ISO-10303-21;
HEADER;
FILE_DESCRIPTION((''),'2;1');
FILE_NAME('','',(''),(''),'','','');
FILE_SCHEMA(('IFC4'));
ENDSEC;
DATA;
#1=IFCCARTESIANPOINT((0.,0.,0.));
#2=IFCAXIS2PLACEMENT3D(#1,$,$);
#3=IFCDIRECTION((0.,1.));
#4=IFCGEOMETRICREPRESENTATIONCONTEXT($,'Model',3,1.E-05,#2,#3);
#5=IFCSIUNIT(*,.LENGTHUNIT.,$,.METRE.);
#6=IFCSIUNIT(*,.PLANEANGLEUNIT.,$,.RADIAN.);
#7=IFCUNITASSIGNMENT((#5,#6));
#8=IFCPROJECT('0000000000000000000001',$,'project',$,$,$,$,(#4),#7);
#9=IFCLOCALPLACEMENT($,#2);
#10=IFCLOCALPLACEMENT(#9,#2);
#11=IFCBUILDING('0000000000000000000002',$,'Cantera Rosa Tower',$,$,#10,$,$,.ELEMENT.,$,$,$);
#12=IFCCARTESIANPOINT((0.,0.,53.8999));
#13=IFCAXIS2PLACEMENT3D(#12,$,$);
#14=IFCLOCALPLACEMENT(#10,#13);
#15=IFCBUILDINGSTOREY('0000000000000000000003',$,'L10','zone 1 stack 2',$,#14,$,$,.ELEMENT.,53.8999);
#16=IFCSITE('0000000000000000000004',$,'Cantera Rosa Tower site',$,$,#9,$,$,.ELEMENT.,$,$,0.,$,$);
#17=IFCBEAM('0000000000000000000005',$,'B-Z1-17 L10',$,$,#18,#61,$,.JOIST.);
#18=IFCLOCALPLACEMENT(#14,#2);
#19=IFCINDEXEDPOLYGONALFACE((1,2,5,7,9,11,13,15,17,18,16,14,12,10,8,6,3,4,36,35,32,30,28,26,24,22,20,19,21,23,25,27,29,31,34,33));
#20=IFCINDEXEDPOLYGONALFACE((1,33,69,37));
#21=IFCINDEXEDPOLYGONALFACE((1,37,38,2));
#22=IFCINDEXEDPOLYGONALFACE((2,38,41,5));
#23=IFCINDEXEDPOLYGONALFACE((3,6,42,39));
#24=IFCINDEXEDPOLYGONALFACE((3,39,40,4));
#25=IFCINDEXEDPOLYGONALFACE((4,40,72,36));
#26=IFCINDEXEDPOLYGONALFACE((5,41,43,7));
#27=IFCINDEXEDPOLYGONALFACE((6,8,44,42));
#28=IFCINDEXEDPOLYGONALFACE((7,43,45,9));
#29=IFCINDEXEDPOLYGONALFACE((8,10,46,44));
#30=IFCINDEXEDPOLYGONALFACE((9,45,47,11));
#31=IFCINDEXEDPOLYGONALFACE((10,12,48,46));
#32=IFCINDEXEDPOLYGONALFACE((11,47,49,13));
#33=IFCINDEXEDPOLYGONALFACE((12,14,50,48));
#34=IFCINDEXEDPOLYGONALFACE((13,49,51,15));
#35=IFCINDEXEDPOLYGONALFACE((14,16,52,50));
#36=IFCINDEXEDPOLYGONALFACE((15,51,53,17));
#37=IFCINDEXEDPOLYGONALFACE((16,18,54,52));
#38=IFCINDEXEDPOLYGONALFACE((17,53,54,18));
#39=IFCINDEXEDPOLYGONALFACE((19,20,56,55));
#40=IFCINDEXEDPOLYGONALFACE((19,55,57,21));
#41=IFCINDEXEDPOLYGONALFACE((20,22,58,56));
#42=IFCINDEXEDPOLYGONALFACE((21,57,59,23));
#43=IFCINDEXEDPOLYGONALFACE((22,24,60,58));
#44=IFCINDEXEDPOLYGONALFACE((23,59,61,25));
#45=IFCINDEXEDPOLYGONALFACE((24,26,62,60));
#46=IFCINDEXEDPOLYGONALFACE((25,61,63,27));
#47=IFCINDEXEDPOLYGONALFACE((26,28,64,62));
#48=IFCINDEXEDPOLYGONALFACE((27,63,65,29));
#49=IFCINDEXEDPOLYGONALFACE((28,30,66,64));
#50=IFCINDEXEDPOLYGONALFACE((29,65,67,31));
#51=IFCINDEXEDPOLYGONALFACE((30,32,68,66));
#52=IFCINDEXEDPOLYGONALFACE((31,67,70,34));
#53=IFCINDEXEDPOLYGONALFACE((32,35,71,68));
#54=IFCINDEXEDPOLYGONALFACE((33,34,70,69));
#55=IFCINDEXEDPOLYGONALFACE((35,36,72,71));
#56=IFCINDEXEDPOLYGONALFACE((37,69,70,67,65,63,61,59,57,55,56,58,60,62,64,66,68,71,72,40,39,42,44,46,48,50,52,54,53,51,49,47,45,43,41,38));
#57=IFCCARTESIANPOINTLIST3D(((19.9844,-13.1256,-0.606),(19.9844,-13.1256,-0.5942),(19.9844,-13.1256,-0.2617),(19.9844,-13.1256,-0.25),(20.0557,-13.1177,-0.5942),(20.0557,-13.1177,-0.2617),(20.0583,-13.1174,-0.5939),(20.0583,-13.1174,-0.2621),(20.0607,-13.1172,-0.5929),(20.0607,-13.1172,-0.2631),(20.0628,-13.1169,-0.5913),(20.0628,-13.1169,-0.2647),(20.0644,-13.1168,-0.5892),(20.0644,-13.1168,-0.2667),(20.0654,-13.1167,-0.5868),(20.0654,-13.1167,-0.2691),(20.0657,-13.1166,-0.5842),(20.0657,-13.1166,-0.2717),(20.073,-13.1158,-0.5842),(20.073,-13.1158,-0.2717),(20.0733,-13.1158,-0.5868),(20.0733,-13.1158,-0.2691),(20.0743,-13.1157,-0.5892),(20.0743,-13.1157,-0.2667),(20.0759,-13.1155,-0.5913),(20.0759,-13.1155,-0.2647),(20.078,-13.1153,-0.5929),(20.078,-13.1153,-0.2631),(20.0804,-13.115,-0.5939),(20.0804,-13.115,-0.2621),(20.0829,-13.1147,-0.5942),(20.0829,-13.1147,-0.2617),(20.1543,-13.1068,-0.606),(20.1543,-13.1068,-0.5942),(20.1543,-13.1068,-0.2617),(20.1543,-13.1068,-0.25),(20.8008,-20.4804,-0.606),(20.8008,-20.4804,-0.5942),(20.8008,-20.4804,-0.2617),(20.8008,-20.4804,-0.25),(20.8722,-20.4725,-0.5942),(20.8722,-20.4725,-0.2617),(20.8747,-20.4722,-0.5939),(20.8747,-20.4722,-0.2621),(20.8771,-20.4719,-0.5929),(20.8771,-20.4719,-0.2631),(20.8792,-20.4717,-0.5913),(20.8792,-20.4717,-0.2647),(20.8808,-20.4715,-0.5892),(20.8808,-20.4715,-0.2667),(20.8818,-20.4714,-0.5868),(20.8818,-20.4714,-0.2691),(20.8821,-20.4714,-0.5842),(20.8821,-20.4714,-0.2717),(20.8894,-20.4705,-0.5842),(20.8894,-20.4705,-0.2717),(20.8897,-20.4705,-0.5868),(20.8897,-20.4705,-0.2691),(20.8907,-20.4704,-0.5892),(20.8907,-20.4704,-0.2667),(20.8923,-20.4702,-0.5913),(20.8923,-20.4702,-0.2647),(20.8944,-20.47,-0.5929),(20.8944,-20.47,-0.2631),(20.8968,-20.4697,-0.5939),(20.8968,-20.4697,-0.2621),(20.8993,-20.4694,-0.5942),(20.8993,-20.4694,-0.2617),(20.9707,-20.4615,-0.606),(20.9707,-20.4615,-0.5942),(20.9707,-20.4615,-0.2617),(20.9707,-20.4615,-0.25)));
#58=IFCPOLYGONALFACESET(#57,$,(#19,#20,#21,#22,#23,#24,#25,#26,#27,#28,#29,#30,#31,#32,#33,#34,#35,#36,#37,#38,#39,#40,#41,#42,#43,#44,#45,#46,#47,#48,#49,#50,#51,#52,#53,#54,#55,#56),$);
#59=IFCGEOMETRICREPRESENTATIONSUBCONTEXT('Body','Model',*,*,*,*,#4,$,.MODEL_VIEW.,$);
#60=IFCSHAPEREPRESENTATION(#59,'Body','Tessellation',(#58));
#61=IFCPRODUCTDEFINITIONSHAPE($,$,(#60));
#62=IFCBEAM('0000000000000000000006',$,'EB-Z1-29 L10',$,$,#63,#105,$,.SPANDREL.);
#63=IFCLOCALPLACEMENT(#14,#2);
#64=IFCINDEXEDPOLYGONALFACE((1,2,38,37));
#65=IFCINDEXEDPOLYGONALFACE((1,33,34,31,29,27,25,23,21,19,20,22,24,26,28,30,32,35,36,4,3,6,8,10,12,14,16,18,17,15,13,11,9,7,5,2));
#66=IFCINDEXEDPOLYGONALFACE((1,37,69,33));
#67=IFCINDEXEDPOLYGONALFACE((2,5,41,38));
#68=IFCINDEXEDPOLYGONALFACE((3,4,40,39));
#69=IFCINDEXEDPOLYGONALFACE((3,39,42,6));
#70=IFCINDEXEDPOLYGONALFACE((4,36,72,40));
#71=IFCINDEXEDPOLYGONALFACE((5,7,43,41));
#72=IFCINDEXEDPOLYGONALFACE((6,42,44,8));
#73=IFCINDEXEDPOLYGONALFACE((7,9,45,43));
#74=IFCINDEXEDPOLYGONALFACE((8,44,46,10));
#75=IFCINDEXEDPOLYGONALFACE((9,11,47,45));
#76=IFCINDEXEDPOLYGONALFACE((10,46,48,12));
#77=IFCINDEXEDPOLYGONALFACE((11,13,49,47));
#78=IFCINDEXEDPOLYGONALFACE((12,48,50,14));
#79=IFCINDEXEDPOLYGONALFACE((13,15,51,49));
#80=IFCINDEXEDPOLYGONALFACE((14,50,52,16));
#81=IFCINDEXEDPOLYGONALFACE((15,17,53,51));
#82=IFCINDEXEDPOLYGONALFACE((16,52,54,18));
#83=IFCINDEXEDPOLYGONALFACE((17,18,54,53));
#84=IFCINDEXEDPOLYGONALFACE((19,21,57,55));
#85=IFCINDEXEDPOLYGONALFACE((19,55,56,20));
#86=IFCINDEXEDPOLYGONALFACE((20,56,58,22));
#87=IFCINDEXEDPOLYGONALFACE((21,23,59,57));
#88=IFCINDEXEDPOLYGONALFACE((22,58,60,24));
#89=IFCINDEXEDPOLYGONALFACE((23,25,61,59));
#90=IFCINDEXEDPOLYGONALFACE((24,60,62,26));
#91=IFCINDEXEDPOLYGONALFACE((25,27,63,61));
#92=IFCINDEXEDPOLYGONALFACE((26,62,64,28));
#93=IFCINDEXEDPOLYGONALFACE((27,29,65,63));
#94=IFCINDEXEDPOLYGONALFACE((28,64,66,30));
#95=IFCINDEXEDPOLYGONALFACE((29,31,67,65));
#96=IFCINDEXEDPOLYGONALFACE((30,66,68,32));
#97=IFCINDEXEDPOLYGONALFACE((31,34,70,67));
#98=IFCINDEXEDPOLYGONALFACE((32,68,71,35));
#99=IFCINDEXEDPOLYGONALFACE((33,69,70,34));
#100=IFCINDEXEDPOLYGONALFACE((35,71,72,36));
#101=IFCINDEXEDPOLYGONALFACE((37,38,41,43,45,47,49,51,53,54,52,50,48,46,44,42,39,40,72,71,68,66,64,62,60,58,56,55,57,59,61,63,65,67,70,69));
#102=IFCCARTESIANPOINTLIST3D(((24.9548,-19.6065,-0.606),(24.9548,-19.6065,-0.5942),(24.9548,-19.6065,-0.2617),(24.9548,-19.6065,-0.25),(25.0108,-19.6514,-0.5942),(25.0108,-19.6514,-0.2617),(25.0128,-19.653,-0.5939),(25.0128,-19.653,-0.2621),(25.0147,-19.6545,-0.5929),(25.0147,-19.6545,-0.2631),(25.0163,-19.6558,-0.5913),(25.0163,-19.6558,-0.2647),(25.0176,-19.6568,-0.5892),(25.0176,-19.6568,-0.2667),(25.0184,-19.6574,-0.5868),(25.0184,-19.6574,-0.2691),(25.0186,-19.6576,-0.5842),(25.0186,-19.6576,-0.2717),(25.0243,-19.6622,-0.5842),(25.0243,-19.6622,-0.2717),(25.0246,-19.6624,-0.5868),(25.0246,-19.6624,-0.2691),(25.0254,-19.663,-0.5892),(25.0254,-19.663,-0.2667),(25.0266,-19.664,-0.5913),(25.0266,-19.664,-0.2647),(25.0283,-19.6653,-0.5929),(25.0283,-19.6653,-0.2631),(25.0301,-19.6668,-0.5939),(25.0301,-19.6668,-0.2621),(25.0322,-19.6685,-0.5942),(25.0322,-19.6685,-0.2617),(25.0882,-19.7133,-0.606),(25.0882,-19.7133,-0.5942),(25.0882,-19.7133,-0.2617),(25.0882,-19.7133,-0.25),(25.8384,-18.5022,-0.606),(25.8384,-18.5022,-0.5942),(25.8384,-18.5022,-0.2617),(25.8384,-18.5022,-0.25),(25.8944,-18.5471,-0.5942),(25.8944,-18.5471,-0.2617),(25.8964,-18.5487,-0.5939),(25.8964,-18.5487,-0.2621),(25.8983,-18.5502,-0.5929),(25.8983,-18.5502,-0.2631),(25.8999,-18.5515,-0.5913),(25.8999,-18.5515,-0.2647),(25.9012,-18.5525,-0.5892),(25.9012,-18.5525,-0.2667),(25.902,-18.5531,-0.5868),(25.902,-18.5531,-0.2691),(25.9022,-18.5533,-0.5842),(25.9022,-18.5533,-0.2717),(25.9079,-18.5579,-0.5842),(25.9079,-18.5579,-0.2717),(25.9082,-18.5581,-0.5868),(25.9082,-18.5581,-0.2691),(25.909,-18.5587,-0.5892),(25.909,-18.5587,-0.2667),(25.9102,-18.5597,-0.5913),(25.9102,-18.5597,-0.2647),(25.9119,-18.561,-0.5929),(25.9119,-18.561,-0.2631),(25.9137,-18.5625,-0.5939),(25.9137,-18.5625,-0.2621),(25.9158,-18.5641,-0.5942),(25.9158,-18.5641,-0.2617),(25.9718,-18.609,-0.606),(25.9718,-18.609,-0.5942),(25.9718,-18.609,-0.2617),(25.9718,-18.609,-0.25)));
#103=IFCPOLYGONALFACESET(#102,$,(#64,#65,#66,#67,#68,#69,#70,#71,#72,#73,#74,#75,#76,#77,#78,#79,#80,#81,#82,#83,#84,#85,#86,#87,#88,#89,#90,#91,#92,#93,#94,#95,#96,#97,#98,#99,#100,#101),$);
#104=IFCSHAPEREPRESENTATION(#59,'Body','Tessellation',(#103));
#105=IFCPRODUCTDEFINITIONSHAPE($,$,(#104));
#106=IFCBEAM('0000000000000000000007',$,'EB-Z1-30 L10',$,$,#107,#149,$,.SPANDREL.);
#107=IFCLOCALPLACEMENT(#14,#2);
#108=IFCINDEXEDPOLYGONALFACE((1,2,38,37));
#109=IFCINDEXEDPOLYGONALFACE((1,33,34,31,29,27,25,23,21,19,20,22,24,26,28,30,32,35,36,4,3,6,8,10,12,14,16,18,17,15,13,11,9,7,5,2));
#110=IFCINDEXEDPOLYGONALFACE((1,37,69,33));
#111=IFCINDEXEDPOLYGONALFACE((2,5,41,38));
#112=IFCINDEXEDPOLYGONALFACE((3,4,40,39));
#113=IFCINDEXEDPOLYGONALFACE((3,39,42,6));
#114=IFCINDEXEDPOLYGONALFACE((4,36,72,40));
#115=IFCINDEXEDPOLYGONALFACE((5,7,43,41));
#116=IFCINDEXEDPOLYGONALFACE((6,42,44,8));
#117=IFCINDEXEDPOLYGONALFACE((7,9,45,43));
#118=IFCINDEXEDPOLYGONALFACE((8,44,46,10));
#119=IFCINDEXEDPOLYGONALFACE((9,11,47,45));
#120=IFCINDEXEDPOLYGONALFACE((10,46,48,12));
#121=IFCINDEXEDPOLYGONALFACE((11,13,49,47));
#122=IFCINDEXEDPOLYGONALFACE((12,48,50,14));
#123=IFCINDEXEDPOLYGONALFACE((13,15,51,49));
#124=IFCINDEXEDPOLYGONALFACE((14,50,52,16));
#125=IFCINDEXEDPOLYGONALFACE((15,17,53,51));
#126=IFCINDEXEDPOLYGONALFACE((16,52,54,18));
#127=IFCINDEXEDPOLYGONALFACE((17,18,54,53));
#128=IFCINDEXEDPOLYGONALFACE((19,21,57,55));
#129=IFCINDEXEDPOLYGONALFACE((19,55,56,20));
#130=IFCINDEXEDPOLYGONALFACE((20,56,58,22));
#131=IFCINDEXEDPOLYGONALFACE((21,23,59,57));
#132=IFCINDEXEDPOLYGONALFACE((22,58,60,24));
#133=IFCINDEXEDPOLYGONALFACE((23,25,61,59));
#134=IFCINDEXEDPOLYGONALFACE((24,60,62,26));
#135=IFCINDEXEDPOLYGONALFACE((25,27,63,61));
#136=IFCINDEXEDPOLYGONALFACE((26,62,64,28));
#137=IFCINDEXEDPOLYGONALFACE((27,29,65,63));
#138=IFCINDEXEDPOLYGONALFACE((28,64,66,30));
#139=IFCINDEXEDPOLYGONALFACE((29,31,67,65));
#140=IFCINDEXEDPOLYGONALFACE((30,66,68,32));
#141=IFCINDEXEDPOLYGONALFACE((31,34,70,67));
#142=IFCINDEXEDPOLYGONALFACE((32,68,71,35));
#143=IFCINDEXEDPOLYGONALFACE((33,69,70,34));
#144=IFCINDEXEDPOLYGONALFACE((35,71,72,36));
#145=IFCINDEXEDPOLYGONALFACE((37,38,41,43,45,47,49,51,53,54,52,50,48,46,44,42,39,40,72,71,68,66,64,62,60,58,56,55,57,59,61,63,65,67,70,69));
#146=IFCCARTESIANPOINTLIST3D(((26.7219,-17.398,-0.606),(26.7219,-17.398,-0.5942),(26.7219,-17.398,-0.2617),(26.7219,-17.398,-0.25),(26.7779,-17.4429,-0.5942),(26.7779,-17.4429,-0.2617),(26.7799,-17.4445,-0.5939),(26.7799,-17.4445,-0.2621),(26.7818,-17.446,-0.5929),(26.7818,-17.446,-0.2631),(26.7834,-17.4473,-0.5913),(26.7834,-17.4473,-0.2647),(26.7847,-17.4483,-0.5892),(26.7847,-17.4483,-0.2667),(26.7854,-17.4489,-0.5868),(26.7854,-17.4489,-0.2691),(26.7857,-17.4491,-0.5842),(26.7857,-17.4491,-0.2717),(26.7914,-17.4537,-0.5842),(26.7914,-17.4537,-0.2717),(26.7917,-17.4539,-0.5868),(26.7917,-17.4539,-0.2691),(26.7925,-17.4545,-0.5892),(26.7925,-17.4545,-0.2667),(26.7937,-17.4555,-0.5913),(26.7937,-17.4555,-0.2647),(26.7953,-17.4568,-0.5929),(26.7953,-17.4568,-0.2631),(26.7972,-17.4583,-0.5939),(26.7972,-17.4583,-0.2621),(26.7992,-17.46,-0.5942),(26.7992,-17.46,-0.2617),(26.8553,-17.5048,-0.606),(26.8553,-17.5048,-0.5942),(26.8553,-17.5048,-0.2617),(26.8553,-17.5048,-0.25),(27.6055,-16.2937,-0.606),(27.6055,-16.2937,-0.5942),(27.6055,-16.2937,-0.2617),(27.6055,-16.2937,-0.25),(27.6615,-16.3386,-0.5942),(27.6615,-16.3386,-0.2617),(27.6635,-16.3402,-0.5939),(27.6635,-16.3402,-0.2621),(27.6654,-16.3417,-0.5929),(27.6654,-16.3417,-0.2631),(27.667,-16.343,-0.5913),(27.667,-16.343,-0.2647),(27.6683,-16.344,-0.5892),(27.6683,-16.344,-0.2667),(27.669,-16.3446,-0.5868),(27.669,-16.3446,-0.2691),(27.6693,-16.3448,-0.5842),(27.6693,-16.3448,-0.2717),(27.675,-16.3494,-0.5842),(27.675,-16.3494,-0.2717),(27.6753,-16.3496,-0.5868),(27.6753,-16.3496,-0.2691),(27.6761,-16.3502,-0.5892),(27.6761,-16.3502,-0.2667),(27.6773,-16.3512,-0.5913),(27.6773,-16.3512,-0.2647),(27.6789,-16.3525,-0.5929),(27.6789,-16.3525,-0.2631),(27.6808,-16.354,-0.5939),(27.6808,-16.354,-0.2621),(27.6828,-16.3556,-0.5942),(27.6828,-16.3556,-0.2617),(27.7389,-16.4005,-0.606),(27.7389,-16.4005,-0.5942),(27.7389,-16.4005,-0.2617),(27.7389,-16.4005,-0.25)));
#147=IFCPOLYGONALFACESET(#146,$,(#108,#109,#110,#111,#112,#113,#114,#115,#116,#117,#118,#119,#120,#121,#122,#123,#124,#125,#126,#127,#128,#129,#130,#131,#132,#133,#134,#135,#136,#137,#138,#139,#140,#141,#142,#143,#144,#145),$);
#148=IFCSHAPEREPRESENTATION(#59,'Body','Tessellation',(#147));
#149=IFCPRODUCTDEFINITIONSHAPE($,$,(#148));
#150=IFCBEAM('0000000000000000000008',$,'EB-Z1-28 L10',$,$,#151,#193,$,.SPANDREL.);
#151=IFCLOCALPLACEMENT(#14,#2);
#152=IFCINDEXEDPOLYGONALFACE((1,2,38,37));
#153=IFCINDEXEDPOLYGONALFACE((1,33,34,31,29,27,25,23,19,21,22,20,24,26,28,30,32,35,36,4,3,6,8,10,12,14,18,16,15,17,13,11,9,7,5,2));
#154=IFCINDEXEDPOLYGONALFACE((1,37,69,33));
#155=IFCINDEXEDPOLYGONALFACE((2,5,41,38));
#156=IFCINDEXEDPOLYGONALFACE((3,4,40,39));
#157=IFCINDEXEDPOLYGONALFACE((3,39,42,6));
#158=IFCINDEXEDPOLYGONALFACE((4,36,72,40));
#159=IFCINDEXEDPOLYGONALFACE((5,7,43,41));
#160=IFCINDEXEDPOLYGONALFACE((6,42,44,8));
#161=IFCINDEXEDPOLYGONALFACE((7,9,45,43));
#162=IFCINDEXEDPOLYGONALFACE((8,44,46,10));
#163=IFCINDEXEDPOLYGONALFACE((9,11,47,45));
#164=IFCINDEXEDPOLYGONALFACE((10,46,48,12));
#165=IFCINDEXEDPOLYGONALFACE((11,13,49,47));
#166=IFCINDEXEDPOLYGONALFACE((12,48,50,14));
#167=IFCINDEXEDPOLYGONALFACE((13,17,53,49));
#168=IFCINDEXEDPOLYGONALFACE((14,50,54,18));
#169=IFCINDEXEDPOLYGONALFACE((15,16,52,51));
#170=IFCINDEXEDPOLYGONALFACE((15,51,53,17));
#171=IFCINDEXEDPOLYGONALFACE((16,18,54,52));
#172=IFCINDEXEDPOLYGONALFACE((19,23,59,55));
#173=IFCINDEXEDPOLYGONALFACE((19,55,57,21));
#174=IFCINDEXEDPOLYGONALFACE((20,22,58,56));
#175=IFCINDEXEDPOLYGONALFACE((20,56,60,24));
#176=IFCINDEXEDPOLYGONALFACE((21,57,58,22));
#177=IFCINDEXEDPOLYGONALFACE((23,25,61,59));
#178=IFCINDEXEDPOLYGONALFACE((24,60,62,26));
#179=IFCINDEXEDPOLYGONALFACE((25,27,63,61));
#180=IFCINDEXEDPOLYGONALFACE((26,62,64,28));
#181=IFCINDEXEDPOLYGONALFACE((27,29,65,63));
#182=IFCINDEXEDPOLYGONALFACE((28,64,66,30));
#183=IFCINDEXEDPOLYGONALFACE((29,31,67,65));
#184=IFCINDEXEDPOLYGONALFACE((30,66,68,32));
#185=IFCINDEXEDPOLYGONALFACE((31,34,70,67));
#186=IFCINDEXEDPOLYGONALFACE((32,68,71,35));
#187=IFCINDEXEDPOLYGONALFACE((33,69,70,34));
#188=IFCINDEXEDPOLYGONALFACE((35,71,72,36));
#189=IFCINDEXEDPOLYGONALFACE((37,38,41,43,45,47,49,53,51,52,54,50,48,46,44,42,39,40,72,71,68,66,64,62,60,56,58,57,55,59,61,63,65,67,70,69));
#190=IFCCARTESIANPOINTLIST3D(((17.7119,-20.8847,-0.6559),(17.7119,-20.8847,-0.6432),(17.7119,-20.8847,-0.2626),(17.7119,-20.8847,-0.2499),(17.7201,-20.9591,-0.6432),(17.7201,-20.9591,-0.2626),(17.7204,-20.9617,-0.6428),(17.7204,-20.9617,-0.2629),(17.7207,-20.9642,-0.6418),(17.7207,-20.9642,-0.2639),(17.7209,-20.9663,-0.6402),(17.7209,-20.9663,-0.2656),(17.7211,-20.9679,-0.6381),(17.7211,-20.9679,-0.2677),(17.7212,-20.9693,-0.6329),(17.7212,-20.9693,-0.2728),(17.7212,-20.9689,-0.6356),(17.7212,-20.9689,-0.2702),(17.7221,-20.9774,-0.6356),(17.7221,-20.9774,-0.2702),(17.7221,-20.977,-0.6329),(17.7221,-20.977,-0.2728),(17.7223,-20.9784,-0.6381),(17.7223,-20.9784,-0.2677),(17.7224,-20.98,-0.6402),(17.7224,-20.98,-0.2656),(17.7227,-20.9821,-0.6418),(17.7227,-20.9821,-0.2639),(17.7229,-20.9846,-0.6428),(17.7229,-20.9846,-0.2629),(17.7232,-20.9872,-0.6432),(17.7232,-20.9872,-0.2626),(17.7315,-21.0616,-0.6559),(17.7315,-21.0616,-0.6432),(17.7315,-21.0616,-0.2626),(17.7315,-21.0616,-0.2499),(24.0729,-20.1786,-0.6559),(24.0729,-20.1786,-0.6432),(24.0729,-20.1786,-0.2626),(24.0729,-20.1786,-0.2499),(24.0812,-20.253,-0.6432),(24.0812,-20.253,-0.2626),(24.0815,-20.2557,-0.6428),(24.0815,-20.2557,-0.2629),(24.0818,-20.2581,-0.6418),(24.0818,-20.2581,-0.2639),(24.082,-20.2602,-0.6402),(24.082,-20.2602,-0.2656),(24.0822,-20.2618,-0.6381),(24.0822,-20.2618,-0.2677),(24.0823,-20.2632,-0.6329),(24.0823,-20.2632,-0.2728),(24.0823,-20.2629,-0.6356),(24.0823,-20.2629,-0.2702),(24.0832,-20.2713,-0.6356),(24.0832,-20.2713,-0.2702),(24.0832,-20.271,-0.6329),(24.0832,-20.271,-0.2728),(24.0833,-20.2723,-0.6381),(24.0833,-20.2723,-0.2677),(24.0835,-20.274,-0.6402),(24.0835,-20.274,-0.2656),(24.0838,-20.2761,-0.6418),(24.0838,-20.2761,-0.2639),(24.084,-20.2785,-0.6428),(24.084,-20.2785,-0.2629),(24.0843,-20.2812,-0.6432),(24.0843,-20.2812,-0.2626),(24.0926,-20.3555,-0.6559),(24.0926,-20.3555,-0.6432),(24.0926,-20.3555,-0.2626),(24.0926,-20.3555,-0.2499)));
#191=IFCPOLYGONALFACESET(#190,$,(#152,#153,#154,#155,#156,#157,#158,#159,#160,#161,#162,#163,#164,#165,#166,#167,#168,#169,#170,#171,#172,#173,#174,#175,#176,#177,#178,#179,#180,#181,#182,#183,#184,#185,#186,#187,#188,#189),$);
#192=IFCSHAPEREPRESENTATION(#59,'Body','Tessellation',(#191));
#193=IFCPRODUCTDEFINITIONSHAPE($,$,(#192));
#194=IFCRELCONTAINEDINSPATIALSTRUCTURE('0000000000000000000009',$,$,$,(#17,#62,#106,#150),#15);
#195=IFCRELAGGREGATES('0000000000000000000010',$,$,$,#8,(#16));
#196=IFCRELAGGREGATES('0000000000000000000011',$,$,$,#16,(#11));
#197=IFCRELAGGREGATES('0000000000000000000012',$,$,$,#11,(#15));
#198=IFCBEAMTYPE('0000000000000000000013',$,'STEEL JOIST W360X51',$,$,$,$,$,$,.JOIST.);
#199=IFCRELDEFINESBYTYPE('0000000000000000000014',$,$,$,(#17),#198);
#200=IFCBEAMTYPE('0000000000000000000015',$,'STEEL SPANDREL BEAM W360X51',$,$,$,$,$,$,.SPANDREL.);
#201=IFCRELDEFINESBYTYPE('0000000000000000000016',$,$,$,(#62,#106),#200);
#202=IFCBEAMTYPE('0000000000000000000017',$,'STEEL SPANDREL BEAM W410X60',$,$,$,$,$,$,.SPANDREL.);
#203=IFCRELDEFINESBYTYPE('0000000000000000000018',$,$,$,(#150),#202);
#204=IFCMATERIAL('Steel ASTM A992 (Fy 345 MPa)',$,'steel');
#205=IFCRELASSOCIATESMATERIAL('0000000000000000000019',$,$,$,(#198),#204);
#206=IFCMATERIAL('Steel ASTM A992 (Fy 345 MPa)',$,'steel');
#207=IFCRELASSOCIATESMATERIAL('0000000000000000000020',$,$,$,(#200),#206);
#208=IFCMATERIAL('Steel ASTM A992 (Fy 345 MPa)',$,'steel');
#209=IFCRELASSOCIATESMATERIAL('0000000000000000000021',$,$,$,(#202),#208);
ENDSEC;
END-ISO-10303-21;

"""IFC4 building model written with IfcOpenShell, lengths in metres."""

from ifc_helpers import new_model, si_unit, direction, frame, origin, origin_2d, place, context, subcontext, project, spatial, i_section, extrude, material, material_profile, profile_set, type_object, element, save


model = new_model("IFC4")

# Units and contexts
model_context = context("Model", 3, precision=1e-05, world=origin(), true_north=direction((0.0, 1.0)))
body_context = subcontext(model_context, "Body", "Model", "MODEL_VIEW")
ifc_project = project(units=[si_unit("LENGTHUNIT", "METRE"), si_unit("PLANEANGLEUNIT", "RADIAN")], contexts=[model_context])

# Site, building, storey
site_placement = place(None, origin())
site = spatial("IfcSite", under=ifc_project, at=site_placement, Name="Cantera Rosa Tower site", CompositionType="ELEMENT", RefElevation=0.0)
building_placement = place(site_placement, origin())
building = spatial("IfcBuilding", under=site, at=building_placement, Name="Cantera Rosa Tower", CompositionType="ELEMENT")
storey_placement = place(building_placement, frame((0.0, 0.0, 53.8999)))
storey = spatial("IfcBuildingStorey", under=building, at=storey_placement, Name="L10", Description="zone 1 stack 2", CompositionType="ELEMENT", Elevation=53.8999)

# Beams
ifc_material_1 = material(Name="Steel ASTM A992 (Fy 345 MPa)", Category="steel")
ifc_material_profile_1 = material_profile(ifc_material_1, i_section(OverallWidth=0.1709, OverallDepth=0.356, WebThickness=0.0073, FlangeThickness=0.0117, FilletRadius=0.01, at=origin_2d()), Name="W360X51")
ifc_profile_set_1 = profile_set([ifc_material_profile_1], Name="Steel ASTM A992 (Fy 345 MPa)")
beam_type_1 = type_object("IfcBeamType", Name="STEEL JOIST W360X51", PredefinedType="JOIST", material=ifc_profile_set_1)
beam_1_placement = place(storey_placement, frame((20.8857, -20.4709, -0.428), z_axis=(-0.110327, 0.993895, 0.0), x_axis=(-0.993895, -0.110327, 0.0)))
element("IfcBeam", 1, at=beam_1_placement, inside=storey, type_object=beam_type_1, Name="B-Z1-17 L10", PredefinedType="JOIST", context=body_context, shape_type="SweptSolid", body=[
    extrude(i_section(OverallWidth=0.1709, OverallDepth=0.356, WebThickness=0.0073, FlangeThickness=0.0117, FilletRadius=0.01, at=origin_2d()), origin(), (0.0, 0.0, 1.0), 7.3999),
])
ifc_material_2 = material(Name="Steel ASTM A992 (Fy 345 MPa)", Category="steel")
ifc_material_profile_2 = material_profile(ifc_material_2, i_section(OverallWidth=0.1709, OverallDepth=0.356, WebThickness=0.0073, FlangeThickness=0.0117, FilletRadius=0.01, at=origin_2d()), Name="W360X51")
ifc_profile_set_2 = profile_set([ifc_material_profile_2], Name="Steel ASTM A992 (Fy 345 MPa)")
beam_type_2 = type_object("IfcBeamType", Name="STEEL SPANDREL BEAM W360X51", PredefinedType="SPANDREL", material=ifc_profile_set_2)
for number, where, z_axis, x_axis, name in (
    (2, (25.0215, -19.6599, -0.428), (0.624758, 0.780818, 0.0), (-0.780818, 0.624758, 0.0), "EB-Z1-29 L10"),
    (3, (26.7886, -17.4514, -0.428), (0.624758, 0.780818, 0.0), (-0.780818, 0.624758, 0.0), "EB-Z1-30 L10"),
):
    element("IfcBeam", number, at=place(storey_placement, frame(where, z_axis=z_axis, x_axis=x_axis)), inside=storey, type_object=beam_type_2, Name=name, PredefinedType="SPANDREL", context=body_context, shape_type="SweptSolid", body=[
        extrude(i_section(OverallWidth=0.1709, OverallDepth=0.356, WebThickness=0.0073, FlangeThickness=0.0117, FilletRadius=0.01, at=origin_2d()), origin(), (0.0, 0.0, 1.0), 1.4143),
    ])
ifc_material_3 = material(Name="Steel ASTM A992 (Fy 345 MPa)", Category="steel")
ifc_material_profile_3 = material_profile(ifc_material_3, i_section(OverallWidth=0.178, OverallDepth=0.406, WebThickness=0.0078, FlangeThickness=0.0127, FilletRadius=0.0103, at=origin_2d()), Name="W410X60")
ifc_profile_set_3 = profile_set([ifc_material_profile_3], Name="Steel ASTM A992 (Fy 345 MPa)")
beam_type_3 = type_object("IfcBeamType", Name="STEEL SPANDREL BEAM W410X60", PredefinedType="SPANDREL", material=ifc_profile_set_3)
beam_2_placement = place(storey_placement, frame((17.7217, -20.9731, -0.4529), z_axis=(0.993896, 0.110318, 0.0), x_axis=(-0.110318, 0.993896, 0.0)))
element("IfcBeam", 4, at=beam_2_placement, inside=storey, type_object=beam_type_3, Name="EB-Z1-28 L10", PredefinedType="SPANDREL", context=body_context, shape_type="SweptSolid", body=[
    extrude(i_section(OverallWidth=0.178, OverallDepth=0.406, WebThickness=0.0078, FlangeThickness=0.0127, FilletRadius=0.0103, at=origin_2d()), origin(), (0.0, 0.0, 1.0), 6.4001),
])

save(model, "model.ifc")
